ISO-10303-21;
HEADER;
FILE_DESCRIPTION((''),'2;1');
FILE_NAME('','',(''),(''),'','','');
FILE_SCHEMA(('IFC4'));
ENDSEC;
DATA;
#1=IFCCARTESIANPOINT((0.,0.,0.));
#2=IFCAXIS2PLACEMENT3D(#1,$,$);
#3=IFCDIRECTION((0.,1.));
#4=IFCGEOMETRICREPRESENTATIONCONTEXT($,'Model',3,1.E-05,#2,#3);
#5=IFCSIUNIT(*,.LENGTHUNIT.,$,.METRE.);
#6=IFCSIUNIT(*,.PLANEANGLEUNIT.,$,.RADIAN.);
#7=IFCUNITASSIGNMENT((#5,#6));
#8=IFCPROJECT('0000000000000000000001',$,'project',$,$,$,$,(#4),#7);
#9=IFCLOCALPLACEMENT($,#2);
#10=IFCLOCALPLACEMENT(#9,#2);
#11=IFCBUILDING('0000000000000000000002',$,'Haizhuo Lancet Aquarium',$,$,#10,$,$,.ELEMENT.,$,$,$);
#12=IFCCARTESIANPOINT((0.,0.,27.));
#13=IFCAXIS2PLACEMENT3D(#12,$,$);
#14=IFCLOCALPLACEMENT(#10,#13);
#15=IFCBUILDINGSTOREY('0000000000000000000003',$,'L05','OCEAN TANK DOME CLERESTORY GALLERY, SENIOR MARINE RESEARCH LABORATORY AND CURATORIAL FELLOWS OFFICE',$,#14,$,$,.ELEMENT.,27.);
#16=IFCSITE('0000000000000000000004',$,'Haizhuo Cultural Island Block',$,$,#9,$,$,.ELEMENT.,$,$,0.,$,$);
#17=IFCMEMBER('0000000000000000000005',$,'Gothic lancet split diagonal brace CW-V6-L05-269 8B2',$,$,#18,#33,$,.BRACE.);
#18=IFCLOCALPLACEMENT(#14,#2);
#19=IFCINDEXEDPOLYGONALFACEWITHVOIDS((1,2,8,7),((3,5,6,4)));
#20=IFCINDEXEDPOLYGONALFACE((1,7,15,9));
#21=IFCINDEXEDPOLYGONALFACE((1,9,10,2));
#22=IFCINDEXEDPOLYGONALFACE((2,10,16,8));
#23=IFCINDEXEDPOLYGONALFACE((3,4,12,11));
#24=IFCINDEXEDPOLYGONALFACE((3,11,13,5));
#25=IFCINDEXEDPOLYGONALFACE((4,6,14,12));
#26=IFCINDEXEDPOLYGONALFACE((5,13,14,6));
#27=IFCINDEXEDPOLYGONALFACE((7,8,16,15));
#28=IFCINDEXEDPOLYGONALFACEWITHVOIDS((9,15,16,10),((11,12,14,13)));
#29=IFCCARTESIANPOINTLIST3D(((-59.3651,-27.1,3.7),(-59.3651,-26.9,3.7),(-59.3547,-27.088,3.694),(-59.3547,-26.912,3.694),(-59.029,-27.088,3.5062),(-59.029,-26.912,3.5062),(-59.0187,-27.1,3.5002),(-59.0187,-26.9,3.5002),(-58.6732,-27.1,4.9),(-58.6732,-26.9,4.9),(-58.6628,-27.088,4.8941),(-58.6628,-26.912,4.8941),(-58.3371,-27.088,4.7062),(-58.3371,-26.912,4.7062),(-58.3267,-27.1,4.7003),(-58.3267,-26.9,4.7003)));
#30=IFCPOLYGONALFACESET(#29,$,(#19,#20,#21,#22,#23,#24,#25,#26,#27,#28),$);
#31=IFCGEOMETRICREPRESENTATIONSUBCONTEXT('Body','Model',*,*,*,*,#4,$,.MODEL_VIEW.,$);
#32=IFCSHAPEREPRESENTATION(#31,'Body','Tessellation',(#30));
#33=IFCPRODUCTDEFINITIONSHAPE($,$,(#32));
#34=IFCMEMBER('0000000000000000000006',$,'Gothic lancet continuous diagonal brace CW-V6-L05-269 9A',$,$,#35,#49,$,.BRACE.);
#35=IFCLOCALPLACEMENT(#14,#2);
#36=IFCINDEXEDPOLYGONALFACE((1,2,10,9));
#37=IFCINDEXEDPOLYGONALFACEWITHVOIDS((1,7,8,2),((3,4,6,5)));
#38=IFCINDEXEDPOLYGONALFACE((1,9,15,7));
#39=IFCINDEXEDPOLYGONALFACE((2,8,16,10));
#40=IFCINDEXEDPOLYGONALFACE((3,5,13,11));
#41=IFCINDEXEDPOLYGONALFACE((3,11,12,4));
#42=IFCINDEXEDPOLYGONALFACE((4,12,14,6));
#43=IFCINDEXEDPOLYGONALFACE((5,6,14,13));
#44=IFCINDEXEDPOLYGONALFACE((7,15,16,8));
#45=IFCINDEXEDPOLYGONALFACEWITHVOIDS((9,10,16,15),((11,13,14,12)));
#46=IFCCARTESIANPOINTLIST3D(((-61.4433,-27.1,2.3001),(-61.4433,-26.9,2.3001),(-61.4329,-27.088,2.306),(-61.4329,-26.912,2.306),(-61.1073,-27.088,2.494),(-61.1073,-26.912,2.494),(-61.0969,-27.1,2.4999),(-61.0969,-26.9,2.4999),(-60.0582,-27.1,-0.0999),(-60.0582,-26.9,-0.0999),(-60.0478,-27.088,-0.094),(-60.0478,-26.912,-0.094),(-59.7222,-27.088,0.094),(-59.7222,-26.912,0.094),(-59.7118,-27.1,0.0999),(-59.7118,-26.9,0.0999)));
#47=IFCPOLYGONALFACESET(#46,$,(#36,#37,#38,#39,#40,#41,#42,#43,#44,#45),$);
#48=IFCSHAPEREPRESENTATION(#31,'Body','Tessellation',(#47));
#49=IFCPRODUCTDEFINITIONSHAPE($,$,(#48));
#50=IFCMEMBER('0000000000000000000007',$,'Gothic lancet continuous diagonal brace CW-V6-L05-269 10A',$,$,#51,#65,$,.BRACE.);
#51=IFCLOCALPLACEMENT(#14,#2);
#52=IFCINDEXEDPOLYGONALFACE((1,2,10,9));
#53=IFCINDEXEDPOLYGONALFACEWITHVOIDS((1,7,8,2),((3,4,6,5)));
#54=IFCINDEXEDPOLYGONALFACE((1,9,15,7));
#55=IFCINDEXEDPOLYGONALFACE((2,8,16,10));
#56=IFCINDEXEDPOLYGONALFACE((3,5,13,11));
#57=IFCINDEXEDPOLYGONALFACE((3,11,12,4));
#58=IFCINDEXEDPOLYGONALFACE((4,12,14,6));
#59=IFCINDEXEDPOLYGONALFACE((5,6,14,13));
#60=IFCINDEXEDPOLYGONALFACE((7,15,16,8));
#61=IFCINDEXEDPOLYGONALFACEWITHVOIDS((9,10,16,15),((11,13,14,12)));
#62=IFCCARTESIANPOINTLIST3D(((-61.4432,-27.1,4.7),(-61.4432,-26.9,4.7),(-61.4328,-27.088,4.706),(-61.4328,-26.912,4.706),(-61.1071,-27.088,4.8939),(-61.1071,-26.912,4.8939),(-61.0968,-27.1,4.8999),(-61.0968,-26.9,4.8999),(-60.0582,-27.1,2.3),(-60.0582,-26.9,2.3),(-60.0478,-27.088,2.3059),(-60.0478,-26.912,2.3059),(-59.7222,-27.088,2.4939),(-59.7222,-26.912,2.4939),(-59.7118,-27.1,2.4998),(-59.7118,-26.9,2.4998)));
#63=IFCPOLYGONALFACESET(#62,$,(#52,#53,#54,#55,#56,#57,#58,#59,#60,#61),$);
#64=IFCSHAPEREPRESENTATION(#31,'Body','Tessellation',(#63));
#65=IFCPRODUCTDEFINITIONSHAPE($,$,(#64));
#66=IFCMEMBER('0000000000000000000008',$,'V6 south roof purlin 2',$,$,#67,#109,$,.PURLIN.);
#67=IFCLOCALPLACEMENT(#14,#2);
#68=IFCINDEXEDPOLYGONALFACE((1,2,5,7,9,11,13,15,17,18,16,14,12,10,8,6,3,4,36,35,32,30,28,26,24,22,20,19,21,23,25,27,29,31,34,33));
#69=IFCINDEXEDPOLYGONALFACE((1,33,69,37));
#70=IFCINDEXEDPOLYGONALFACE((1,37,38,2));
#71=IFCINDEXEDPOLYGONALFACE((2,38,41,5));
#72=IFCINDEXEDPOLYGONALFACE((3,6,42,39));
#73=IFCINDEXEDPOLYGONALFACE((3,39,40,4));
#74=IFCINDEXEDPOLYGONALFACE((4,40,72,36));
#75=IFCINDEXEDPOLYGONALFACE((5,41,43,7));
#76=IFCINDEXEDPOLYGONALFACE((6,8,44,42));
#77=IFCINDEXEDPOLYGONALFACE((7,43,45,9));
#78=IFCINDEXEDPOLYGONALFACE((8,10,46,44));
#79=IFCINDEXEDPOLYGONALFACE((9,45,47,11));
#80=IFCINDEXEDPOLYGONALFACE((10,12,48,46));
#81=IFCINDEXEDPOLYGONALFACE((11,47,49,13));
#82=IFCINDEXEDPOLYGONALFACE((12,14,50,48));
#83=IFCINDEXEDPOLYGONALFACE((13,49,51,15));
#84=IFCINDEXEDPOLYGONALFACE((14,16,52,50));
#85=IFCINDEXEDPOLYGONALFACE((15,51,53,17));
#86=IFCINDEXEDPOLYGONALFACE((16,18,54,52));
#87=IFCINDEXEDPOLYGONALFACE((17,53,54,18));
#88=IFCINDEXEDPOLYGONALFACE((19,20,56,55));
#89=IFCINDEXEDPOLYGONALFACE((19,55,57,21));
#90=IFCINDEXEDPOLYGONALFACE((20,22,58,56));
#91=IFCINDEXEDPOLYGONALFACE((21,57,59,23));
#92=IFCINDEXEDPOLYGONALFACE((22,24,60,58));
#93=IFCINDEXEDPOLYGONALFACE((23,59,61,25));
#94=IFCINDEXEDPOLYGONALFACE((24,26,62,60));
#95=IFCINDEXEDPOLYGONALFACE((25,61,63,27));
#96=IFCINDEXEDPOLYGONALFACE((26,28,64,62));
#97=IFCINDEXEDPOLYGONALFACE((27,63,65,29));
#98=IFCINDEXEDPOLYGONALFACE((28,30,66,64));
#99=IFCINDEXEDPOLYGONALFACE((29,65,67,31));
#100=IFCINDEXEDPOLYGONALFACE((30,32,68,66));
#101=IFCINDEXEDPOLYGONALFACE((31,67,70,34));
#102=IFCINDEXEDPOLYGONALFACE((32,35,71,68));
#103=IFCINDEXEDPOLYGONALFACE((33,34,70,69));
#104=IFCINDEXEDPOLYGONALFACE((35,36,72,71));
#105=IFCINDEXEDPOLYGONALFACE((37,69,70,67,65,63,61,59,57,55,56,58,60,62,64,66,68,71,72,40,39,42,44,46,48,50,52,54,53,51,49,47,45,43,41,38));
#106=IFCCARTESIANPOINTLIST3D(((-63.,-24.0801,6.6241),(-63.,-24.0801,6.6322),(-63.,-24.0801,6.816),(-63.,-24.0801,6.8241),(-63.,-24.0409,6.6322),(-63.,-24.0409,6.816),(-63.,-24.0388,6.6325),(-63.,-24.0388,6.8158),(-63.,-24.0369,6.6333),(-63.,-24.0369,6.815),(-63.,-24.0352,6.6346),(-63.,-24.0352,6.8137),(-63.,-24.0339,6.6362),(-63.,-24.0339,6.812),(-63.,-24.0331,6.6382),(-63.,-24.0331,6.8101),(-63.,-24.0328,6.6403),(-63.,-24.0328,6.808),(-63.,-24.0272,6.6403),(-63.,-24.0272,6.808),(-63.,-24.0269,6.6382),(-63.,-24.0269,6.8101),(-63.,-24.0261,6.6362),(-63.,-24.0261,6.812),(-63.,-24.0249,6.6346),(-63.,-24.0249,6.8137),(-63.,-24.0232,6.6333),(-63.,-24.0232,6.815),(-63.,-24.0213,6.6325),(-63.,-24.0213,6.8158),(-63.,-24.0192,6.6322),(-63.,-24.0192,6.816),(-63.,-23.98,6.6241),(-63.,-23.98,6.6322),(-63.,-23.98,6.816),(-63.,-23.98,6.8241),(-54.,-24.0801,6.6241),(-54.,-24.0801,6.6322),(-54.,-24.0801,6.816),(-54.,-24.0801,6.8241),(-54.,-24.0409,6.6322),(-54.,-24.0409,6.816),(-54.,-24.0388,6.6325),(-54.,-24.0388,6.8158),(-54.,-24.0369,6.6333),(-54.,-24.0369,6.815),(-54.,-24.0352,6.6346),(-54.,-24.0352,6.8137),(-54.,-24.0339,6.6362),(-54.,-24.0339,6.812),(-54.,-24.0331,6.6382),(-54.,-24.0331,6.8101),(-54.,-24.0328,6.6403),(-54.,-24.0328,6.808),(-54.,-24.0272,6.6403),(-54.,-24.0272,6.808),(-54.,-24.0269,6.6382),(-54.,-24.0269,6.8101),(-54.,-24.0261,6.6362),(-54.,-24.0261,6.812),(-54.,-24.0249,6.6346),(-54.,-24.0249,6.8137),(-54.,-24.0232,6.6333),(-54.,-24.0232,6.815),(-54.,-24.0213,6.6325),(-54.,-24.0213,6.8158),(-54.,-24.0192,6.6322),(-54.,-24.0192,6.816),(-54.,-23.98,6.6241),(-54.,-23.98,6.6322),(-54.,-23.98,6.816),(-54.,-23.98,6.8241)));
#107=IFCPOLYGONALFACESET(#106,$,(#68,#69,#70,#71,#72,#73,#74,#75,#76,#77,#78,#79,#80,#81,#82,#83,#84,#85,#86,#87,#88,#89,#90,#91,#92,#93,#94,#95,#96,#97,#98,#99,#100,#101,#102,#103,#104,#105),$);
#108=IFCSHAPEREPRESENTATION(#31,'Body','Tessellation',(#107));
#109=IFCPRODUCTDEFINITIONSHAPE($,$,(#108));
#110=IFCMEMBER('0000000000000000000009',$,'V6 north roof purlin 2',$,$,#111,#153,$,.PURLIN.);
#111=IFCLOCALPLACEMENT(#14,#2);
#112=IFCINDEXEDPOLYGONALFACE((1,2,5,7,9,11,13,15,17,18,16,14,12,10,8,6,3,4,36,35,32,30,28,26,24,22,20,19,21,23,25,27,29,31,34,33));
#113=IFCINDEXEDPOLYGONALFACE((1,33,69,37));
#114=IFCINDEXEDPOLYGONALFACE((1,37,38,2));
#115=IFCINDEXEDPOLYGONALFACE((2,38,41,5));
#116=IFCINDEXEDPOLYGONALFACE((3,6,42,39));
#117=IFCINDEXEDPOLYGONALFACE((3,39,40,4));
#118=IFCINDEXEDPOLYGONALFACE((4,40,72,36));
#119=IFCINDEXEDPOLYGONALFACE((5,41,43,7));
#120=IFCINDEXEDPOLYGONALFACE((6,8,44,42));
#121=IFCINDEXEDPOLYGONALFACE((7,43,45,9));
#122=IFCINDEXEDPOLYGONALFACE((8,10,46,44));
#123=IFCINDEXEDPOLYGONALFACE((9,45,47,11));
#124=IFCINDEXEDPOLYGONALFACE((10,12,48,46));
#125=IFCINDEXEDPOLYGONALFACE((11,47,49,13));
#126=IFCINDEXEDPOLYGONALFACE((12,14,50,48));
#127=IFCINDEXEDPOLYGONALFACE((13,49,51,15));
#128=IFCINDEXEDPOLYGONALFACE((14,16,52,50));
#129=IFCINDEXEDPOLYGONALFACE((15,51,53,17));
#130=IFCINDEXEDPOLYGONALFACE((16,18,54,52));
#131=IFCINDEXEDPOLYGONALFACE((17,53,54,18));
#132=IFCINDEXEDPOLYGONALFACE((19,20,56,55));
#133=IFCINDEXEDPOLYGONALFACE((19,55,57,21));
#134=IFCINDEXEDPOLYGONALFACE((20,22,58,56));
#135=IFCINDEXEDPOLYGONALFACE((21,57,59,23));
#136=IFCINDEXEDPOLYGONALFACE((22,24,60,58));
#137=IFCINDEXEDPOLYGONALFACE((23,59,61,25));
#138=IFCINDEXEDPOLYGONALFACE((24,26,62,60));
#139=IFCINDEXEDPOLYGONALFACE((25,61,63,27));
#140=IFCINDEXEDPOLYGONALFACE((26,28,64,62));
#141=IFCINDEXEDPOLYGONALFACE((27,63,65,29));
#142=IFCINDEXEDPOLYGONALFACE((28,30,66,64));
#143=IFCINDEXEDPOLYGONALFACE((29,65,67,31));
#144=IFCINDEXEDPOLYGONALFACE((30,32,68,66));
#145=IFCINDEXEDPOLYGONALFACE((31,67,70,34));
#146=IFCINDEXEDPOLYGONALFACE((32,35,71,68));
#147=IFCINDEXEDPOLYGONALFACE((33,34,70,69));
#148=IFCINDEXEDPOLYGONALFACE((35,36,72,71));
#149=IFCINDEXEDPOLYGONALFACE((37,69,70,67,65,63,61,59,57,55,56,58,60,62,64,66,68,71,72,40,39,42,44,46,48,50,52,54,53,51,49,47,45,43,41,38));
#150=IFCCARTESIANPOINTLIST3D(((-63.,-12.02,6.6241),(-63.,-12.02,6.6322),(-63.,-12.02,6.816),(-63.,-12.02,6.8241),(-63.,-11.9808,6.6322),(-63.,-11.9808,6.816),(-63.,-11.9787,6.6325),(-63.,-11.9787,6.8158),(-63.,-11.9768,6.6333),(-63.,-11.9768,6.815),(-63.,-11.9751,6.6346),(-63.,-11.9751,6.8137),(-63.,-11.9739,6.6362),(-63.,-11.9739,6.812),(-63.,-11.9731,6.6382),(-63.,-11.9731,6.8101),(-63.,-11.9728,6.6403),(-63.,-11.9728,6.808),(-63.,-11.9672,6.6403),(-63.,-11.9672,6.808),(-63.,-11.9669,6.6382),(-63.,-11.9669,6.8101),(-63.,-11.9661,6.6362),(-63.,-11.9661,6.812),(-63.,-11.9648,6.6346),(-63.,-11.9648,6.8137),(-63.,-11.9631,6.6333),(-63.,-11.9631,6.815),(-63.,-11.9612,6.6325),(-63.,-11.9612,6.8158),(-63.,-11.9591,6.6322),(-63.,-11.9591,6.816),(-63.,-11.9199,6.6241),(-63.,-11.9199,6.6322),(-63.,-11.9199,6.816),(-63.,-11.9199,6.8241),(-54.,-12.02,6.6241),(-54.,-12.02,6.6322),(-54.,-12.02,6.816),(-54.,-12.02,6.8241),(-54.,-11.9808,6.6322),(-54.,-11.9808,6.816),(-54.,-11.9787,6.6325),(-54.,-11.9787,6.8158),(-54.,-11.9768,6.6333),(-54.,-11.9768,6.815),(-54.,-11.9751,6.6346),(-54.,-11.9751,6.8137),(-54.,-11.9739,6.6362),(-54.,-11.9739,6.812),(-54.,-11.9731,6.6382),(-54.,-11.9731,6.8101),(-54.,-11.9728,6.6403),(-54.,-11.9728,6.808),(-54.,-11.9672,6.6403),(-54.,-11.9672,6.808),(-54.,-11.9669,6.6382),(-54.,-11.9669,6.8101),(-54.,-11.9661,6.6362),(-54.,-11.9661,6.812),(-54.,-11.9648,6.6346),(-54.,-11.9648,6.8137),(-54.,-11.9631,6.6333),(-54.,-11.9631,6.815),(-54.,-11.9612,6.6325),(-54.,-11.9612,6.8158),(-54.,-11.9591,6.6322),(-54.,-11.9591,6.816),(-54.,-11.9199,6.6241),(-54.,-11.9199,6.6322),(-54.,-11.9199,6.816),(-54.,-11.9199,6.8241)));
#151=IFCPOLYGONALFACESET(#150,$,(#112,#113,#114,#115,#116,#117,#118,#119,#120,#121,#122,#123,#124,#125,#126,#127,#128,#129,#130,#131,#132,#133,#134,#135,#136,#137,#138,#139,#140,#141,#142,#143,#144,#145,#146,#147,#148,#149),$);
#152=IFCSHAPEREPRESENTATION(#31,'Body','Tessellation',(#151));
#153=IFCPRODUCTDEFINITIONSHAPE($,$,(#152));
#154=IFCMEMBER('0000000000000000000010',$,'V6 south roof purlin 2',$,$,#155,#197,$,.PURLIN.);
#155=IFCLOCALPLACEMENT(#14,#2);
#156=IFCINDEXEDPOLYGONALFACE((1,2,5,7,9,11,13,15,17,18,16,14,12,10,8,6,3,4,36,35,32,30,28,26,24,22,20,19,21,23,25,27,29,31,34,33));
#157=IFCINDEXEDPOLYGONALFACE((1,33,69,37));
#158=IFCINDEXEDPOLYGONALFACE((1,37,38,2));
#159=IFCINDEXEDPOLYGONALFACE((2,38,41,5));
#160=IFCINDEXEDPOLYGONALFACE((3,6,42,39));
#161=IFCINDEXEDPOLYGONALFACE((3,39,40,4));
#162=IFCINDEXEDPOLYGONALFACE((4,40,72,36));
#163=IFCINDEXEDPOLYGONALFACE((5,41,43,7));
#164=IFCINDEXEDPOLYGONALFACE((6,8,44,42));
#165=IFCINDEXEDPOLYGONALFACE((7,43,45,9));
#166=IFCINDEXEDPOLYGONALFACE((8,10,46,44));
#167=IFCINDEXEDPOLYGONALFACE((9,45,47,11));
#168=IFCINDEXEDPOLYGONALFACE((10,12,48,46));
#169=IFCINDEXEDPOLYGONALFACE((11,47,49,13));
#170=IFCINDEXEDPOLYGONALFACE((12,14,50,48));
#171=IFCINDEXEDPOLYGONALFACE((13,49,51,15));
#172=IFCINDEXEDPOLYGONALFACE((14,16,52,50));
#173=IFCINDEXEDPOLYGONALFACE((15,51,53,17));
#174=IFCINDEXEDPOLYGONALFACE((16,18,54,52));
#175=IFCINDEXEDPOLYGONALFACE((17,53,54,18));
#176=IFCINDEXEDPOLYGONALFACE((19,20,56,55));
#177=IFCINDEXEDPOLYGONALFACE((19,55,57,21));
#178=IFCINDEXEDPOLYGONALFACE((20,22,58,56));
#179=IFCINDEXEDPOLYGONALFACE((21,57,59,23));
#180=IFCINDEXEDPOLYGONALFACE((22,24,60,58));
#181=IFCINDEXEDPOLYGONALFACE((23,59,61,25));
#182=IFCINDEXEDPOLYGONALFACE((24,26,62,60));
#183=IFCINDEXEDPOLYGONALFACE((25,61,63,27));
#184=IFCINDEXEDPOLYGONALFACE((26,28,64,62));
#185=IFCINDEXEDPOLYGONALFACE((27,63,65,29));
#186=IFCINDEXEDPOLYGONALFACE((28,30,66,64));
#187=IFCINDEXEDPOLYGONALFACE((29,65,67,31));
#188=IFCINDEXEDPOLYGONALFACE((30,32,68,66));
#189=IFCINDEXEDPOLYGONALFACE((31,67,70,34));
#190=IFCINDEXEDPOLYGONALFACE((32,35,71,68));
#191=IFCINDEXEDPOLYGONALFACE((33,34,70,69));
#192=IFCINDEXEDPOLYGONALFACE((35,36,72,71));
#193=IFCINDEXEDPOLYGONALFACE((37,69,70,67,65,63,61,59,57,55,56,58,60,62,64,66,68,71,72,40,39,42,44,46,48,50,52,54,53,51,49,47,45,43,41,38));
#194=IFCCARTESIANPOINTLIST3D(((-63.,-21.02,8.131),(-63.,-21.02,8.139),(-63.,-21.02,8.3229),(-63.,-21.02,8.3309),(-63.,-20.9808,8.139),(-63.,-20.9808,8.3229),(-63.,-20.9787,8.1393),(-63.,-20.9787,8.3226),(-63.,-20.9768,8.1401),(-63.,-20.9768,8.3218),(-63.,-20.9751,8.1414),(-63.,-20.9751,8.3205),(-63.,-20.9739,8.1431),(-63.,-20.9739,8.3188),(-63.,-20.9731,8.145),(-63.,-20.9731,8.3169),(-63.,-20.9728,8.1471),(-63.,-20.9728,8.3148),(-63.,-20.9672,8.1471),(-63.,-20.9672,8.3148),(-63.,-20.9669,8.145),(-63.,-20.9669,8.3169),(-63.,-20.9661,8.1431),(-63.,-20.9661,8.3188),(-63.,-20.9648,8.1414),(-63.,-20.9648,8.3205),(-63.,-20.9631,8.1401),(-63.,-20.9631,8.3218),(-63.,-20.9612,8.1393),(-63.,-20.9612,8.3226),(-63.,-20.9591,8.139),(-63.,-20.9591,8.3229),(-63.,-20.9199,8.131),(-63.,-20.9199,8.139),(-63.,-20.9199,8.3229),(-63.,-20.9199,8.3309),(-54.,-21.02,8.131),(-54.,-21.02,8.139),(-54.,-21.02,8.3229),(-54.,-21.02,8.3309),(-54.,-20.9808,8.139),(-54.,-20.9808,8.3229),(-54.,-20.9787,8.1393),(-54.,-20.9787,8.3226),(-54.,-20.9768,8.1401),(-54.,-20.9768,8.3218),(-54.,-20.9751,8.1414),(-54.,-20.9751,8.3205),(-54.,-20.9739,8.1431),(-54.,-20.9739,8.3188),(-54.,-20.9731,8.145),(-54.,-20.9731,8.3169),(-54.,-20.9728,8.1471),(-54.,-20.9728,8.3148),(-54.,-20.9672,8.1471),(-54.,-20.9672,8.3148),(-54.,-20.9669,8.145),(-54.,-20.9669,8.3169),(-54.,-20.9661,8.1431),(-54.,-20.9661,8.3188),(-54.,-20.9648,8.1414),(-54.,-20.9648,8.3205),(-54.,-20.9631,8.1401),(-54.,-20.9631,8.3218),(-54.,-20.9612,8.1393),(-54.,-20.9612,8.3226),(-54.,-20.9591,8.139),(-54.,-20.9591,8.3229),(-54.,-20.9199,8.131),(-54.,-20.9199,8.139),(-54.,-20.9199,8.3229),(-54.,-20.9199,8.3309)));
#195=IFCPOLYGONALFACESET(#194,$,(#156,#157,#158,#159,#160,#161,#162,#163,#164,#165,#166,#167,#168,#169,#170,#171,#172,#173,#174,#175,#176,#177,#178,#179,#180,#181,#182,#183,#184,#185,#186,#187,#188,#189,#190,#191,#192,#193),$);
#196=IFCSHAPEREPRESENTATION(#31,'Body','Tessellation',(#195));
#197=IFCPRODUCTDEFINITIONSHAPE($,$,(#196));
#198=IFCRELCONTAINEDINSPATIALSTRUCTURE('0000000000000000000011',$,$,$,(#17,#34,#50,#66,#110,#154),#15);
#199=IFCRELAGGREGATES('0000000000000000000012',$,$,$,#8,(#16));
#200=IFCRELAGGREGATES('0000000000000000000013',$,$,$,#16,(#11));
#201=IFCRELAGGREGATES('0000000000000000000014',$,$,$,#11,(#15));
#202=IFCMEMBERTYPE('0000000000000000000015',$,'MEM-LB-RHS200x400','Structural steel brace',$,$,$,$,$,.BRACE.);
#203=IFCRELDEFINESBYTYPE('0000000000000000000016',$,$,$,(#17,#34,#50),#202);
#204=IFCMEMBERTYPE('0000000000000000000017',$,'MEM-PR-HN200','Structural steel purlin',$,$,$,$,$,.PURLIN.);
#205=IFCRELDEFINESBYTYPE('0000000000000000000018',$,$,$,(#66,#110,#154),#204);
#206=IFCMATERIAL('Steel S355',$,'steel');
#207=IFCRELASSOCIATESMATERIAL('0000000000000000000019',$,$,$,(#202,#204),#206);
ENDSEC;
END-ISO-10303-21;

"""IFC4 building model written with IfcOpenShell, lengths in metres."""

from ifc_helpers import new_model, si_unit, direction, frame, origin, origin_2d, place, context, subcontext, project, spatial, hollow_rectangle, i_section, extrude, material, material_profile, profile_set, type_object, element, save


model = new_model("IFC4")

# Units and contexts
model_context = context("Model", 3, precision=1e-05, world=origin(), true_north=direction((0.0, 1.0)))
body_context = subcontext(model_context, "Body", "Model", "MODEL_VIEW")
ifc_project = project(units=[si_unit("LENGTHUNIT", "METRE"), si_unit("PLANEANGLEUNIT", "RADIAN")], contexts=[model_context])

# Site, building, storey
site_placement = place(None, origin())
site = spatial("IfcSite", under=ifc_project, at=site_placement, Name="Haizhuo Cultural Island Block", CompositionType="ELEMENT", RefElevation=0.0)
building_placement = place(site_placement, origin())
building = spatial("IfcBuilding", under=site, at=building_placement, Name="Haizhuo Lancet Aquarium", CompositionType="ELEMENT")
storey_placement = place(building_placement, frame((0.0, 0.0, 27.0)))
storey = spatial("IfcBuildingStorey", under=building, at=storey_placement, Name="L05", Description="OCEAN TANK DOME CLERESTORY GALLERY, SENIOR MARINE RESEARCH LABORATORY AND CURATORIAL FELLOWS OFFICE", CompositionType="ELEMENT", Elevation=27.0)

# Shared definitions
ifc_material_1 = material(Name="Steel S355", Category="steel")

# Members
ifc_material_profile_1 = material_profile(ifc_material_1, hollow_rectangle(XDim=0.2, YDim=0.3999, WallThickness=0.012, at=origin_2d()), Name="RHS 200x400x12")
ifc_profile_set_1 = profile_set([ifc_material_profile_1], Name="Steel S355")
member_type_1 = type_object("IfcMemberType", Name="MEM-LB-RHS200x400", Description="Structural steel brace", PredefinedType="BRACE", material=ifc_profile_set_1)
for number, where, z_axis, x_axis, name in (
    (1, (-59.1919, -27.0, 3.6001), (0.499514, 0.0, 0.866306), (0.0, 1.0, 0.0), "Gothic lancet split diagonal brace CW-V6-L05-269 8B2"),
):
    element("IfcMember", number, at=place(storey_placement, frame(where, z_axis=z_axis, x_axis=x_axis)), inside=storey, type_object=member_type_1, Name=name, PredefinedType="BRACE", context=body_context, shape_type="SweptSolid", body=[
        extrude(hollow_rectangle(XDim=0.2, YDim=0.3999, WallThickness=0.012, at=origin_2d()), origin(), (0.0, 0.0, 1.0), 1.3853),
    ])
for number, where, z_axis, x_axis, name in (
    (2, (-59.885, -27.0, 0.0), (-0.499844, 0.0, 0.866115), (0.0, -1.0, 0.0), "Gothic lancet continuous diagonal brace CW-V6-L05-269 9A"),
    (3, (-59.885, -27.0, 2.3999), (-0.499806, 0.0, 0.866137), (0.0, -1.0, 0.0), "Gothic lancet continuous diagonal brace CW-V6-L05-269 10A"),
):
    element("IfcMember", number, at=place(storey_placement, frame(where, z_axis=z_axis, x_axis=x_axis)), inside=storey, type_object=member_type_1, Name=name, PredefinedType="BRACE", context=body_context, shape_type="SweptSolid", body=[
        extrude(hollow_rectangle(XDim=0.2, YDim=0.3999, WallThickness=0.012, at=origin_2d()), origin(), (0.0, 0.0, 1.0), 2.771),
    ])
ifc_material_profile_2 = material_profile(ifc_material_1, i_section(OverallWidth=0.1001, OverallDepth=0.2, WebThickness=0.0056, FlangeThickness=0.0081, FilletRadius=0.0081, at=origin_2d()), Name="HN 200x100x5.5x8")
ifc_profile_set_2 = profile_set([ifc_material_profile_2], Name="Steel S355")
member_type_2 = type_object("IfcMemberType", Name="MEM-PR-HN200", Description="Structural steel purlin", PredefinedType="PURLIN", material=ifc_profile_set_2)
for number, where, z_axis, x_axis, name in (
    (4, (-63.0, -24.03, 6.7241), (1.0, 0.0, 0.0), (0.0, 1.0, 0.0), "V6 south roof purlin 2"),
    (5, (-63.0, -11.97, 6.7241), (1.0, 0.0, 0.0), (0.0, 1.0, 0.0), "V6 north roof purlin 2"),
    (6, (-63.0, -20.97, 8.231), (1.0, 0.0, 0.0), (0.0, 1.0, 0.0), "V6 south roof purlin 2"),
):
    element("IfcMember", number, at=place(storey_placement, frame(where, z_axis=z_axis, x_axis=x_axis)), inside=storey, type_object=member_type_2, Name=name, PredefinedType="PURLIN", context=body_context, shape_type="SweptSolid", body=[
        extrude(i_section(OverallWidth=0.1001, OverallDepth=0.2, WebThickness=0.0056, FlangeThickness=0.0081, FilletRadius=0.0081, at=origin_2d()), origin(), (0.0, 0.0, 1.0), 9.0),
    ])

save(model, "model.ifc")
